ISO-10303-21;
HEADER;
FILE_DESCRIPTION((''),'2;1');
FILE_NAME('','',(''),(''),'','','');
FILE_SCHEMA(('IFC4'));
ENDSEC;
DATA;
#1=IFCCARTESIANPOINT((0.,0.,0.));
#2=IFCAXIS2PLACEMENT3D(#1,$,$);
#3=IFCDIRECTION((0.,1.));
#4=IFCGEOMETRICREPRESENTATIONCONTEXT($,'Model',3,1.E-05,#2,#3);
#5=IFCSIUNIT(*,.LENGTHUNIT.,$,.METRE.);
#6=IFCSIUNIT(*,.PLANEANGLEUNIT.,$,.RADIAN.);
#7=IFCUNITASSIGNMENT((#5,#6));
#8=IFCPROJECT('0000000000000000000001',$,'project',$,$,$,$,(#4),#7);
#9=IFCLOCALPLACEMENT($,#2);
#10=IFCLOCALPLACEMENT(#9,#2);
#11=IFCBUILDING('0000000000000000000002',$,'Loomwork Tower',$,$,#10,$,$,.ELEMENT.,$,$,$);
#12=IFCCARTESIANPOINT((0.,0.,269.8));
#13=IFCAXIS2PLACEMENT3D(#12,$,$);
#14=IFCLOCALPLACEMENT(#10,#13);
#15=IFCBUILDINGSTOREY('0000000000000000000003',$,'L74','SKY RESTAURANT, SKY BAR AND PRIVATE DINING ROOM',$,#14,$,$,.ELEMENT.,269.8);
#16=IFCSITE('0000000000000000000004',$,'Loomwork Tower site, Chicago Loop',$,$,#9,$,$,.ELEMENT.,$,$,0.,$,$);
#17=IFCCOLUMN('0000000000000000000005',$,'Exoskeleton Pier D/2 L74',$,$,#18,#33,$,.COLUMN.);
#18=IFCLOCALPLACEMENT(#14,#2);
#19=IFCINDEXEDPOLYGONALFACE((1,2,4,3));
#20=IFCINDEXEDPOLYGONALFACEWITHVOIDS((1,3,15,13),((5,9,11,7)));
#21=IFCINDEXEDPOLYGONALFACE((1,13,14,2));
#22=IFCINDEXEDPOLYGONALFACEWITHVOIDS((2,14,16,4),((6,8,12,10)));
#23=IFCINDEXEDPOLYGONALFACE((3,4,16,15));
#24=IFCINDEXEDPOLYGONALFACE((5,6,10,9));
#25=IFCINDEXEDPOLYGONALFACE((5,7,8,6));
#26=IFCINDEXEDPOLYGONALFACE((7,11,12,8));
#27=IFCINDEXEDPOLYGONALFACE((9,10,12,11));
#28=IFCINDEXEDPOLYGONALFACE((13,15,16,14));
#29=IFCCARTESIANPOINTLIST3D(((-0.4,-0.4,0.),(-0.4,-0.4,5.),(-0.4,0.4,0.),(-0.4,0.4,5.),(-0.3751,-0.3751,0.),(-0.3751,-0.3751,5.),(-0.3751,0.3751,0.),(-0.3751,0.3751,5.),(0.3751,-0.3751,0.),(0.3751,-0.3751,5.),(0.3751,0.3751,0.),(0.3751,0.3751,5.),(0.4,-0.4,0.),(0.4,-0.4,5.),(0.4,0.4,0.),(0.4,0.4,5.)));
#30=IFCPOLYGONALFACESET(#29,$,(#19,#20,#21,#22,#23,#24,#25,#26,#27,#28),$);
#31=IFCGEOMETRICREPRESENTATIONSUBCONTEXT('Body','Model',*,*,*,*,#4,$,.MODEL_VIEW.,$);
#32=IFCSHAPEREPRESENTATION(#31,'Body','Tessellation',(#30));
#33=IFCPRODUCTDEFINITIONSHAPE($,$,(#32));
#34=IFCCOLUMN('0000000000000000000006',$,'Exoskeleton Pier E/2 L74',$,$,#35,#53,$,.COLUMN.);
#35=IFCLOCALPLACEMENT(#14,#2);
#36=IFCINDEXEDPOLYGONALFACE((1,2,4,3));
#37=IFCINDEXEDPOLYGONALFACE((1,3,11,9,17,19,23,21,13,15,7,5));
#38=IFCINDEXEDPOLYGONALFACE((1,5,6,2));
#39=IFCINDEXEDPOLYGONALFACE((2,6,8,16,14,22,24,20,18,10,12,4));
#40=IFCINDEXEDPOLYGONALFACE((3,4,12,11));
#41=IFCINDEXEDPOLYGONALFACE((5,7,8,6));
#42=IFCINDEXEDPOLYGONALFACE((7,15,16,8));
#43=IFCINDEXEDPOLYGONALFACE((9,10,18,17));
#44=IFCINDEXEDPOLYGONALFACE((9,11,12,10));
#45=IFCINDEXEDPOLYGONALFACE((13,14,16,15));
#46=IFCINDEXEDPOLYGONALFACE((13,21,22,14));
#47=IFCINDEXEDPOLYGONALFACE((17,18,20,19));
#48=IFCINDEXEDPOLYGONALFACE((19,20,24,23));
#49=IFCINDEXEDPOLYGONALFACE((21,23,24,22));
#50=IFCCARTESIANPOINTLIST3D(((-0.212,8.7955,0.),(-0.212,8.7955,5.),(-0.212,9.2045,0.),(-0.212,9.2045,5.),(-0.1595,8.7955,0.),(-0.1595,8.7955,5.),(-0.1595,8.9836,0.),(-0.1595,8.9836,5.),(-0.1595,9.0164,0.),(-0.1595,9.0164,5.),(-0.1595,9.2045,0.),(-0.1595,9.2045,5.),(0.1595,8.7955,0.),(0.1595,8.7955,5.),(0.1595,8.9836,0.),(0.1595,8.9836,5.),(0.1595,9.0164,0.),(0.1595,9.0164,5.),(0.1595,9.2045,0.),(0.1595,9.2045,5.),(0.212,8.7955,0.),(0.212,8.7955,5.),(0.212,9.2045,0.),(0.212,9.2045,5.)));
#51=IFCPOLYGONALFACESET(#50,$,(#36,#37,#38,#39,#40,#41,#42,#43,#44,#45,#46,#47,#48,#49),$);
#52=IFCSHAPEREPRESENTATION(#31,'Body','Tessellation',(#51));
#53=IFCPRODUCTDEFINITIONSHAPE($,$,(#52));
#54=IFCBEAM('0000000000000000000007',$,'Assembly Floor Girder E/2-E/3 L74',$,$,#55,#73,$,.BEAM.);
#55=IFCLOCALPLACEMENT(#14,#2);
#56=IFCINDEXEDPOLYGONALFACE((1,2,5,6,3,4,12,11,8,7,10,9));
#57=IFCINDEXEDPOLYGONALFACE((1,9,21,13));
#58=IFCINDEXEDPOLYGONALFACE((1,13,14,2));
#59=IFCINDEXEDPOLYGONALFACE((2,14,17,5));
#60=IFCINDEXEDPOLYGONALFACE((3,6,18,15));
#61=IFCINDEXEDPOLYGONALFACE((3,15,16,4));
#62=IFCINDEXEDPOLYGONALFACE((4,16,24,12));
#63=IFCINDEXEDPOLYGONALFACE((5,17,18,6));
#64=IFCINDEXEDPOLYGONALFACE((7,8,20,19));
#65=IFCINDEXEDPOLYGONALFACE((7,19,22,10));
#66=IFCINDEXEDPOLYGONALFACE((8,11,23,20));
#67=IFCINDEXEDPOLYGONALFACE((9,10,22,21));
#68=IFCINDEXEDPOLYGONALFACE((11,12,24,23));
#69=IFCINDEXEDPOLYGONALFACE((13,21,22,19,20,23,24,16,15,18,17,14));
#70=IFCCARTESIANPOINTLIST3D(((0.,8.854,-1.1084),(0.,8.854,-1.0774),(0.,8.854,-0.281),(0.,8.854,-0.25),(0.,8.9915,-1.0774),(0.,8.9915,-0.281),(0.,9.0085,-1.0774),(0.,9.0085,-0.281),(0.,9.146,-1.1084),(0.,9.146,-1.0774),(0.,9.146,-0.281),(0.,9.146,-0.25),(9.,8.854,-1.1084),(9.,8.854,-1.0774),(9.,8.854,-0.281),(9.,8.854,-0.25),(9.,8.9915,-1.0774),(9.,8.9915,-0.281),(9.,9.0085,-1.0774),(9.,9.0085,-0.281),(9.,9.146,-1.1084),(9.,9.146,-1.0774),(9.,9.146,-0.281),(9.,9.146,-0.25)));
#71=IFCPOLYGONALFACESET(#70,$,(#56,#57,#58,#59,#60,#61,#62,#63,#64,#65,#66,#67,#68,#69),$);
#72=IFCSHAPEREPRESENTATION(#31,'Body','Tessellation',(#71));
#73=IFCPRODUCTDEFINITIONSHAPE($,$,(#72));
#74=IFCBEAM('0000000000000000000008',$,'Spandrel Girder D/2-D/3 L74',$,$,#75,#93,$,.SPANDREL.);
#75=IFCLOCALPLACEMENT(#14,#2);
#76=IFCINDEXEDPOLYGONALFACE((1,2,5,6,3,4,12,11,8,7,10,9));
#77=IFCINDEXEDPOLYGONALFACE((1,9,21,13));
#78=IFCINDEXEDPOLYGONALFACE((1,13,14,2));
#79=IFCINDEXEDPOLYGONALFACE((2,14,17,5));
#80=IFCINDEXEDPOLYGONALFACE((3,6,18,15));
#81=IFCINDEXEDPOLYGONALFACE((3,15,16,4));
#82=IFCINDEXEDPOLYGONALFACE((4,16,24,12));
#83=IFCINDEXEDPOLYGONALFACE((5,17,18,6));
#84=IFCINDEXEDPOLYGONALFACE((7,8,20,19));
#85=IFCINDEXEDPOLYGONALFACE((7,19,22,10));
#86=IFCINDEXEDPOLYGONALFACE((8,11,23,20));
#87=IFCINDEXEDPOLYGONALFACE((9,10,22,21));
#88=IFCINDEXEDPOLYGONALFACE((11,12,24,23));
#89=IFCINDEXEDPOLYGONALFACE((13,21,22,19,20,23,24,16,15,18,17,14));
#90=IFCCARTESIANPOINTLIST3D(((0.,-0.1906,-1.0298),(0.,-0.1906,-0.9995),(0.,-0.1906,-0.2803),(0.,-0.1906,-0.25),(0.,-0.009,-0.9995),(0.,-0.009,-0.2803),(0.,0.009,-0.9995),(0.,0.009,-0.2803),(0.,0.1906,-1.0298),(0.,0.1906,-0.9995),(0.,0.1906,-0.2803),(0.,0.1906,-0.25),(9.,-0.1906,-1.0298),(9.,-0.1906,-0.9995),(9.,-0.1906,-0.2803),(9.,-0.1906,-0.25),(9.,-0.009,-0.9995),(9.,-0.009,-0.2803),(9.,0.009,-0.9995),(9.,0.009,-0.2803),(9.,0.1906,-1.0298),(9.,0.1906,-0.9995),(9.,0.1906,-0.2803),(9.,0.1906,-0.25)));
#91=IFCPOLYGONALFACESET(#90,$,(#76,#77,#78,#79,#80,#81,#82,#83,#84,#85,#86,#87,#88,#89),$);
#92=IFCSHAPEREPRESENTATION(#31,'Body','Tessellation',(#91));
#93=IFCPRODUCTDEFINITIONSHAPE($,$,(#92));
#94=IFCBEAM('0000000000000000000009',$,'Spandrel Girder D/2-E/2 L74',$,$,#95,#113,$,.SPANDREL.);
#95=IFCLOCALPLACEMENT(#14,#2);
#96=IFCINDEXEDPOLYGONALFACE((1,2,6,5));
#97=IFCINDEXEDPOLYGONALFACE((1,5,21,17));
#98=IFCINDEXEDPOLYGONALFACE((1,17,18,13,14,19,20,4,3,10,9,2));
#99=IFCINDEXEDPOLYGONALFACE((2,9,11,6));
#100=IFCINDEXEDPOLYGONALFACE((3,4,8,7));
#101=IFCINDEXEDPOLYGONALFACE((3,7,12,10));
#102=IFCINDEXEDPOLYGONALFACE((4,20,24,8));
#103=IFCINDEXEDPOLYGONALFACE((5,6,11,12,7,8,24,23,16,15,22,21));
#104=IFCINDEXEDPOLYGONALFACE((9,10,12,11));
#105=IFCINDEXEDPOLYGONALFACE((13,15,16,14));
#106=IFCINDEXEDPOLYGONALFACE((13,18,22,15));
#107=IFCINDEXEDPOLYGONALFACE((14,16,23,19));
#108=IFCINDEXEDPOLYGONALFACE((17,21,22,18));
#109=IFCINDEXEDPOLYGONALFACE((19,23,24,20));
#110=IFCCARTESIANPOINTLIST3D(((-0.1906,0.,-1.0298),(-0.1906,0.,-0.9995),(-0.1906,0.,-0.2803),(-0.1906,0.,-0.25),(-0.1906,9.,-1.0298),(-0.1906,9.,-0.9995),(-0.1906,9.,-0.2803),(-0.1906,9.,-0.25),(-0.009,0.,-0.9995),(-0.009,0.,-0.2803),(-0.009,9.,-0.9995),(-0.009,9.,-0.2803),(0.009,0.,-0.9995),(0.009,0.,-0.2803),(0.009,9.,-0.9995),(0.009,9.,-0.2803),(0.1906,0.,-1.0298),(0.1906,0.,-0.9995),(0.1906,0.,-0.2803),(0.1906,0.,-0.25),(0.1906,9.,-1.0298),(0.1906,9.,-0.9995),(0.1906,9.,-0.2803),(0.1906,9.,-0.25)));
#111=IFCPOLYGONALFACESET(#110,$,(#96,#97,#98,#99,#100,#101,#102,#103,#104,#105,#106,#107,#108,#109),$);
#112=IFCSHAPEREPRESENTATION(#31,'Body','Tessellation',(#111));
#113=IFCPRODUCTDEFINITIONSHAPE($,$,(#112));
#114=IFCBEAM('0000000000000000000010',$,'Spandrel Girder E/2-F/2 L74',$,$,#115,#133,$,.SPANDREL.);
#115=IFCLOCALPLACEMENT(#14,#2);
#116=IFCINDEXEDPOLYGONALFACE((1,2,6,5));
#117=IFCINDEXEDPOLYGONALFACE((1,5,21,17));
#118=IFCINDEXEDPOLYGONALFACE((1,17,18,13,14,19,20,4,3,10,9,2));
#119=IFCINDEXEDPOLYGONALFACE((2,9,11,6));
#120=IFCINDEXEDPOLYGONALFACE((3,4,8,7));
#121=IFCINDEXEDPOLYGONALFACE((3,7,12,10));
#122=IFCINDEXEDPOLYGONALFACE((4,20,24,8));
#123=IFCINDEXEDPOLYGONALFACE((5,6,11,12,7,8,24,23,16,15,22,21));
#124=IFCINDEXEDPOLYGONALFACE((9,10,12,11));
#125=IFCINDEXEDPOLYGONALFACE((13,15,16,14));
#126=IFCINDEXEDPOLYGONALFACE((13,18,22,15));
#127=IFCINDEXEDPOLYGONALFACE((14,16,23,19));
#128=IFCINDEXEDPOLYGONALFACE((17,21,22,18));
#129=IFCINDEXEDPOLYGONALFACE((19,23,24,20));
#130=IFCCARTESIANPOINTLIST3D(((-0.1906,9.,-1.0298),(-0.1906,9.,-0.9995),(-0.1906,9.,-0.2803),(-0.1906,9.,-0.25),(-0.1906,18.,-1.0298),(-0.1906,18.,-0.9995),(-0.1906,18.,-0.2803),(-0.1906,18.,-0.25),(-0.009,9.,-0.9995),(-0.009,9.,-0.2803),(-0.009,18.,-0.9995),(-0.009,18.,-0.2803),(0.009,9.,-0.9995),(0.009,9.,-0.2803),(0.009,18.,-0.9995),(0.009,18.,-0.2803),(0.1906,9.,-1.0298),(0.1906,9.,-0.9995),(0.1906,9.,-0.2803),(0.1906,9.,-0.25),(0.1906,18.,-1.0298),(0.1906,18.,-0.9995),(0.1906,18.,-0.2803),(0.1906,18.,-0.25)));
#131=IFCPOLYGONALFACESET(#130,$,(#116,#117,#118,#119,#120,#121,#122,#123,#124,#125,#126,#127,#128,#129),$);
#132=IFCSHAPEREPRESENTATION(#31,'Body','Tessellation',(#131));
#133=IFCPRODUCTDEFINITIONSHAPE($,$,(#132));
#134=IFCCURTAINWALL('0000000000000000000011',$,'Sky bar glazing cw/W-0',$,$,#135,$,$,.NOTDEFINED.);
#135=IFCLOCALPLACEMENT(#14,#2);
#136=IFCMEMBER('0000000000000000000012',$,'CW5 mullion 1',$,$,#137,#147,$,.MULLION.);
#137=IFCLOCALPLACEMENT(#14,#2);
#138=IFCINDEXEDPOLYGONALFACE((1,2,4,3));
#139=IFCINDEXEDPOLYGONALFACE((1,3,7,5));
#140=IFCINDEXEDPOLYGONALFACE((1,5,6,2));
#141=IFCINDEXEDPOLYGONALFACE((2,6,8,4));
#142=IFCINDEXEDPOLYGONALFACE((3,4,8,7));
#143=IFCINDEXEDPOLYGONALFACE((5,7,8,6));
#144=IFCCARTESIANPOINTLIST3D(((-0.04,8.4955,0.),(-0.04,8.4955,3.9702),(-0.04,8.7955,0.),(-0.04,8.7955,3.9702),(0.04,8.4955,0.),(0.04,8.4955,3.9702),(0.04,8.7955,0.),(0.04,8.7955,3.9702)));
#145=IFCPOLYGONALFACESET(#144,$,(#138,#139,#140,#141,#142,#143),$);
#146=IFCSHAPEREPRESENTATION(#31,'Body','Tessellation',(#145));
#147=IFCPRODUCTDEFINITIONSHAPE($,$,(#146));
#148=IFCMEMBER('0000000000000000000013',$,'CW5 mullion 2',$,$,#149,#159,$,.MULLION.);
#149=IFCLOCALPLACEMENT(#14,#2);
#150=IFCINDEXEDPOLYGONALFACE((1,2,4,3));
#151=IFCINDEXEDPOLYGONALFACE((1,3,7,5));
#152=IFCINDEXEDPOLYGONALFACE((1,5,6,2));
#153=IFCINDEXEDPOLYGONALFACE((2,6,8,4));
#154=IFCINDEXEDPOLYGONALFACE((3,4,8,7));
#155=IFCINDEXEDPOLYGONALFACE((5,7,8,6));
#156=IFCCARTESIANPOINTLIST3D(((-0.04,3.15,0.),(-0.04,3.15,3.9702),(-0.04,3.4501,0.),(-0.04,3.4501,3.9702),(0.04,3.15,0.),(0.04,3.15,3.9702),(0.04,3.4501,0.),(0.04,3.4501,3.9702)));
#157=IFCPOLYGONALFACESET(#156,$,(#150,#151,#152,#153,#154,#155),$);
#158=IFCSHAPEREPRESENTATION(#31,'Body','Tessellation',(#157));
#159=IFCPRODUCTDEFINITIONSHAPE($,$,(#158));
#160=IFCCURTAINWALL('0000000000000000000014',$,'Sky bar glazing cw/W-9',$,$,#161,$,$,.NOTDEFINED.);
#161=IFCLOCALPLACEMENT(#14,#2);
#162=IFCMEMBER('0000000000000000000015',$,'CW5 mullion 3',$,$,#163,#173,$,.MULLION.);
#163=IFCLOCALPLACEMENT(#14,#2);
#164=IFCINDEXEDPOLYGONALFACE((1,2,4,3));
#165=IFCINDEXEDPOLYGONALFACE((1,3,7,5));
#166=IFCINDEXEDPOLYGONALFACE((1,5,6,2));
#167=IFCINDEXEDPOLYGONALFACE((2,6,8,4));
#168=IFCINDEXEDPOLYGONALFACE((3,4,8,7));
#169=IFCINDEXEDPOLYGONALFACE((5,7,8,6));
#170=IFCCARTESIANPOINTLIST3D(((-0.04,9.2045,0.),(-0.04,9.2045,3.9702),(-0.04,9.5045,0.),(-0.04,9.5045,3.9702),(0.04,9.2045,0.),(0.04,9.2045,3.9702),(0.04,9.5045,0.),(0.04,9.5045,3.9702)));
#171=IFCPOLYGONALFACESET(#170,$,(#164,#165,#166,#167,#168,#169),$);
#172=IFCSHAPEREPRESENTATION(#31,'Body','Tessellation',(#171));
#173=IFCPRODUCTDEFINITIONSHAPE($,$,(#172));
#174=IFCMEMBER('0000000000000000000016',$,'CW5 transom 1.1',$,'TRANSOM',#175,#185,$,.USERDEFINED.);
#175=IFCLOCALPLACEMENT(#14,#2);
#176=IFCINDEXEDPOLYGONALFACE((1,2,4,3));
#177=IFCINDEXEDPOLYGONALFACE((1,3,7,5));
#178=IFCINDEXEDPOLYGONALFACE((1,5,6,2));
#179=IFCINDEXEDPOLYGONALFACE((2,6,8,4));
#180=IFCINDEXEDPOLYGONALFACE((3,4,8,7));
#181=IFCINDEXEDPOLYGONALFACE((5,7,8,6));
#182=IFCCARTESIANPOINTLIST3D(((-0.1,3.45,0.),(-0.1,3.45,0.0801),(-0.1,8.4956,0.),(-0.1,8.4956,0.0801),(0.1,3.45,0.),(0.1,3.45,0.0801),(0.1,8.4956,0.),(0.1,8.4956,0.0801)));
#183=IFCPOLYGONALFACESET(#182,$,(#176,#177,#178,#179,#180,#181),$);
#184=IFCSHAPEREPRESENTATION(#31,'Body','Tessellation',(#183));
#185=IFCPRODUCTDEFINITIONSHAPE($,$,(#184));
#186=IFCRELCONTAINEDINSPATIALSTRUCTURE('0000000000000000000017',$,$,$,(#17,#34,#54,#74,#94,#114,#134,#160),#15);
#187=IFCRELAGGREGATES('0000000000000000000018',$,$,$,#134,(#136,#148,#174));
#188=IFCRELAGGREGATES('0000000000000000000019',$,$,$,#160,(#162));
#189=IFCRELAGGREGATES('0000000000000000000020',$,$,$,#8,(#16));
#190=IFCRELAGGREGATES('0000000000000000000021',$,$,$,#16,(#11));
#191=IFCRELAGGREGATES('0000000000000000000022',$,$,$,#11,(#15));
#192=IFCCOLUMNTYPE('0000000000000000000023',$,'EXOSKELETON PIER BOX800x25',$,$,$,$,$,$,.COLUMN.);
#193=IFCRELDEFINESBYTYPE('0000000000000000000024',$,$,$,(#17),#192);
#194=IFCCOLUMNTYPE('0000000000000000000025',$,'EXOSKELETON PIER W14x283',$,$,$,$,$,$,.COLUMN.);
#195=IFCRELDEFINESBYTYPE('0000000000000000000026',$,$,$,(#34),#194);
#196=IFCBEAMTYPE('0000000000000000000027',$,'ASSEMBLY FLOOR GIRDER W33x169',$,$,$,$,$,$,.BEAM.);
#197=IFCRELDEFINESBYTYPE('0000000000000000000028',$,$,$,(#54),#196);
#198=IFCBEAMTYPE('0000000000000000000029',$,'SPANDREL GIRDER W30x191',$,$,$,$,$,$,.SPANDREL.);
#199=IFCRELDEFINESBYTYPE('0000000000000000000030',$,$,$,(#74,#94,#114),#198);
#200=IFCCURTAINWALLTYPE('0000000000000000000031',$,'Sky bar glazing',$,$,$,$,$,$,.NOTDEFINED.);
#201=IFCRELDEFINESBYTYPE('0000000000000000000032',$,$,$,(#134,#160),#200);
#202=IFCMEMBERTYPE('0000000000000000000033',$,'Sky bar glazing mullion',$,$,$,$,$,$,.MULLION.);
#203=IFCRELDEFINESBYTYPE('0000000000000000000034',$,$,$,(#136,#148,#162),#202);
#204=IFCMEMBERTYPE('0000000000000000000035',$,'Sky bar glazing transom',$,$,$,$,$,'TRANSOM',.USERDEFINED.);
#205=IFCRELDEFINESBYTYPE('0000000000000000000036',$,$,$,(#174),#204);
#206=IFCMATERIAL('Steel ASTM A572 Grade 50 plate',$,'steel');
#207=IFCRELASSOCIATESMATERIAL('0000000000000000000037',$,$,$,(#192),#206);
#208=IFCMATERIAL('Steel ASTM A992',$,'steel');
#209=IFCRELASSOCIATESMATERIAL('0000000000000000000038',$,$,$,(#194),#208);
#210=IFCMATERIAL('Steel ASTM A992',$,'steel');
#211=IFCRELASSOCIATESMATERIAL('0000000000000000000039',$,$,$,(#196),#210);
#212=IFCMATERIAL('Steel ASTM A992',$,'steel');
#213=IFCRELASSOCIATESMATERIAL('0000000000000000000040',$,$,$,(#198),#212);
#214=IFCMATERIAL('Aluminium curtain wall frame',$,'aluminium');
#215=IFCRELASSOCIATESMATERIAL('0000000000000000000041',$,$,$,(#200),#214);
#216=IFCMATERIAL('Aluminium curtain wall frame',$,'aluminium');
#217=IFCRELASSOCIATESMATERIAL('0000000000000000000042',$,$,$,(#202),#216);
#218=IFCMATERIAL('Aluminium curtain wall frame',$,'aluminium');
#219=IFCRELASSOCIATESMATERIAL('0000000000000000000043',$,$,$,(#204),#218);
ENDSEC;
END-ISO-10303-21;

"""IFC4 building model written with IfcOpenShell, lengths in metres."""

from ifc_helpers import new_model, si_unit, direction, frame, origin, origin_with_axes, origin_2d, place, context, subcontext, project, spatial, rectangle, hollow_rectangle, i_section, extrude, material, material_profile, profile_set, type_object, element, aggregate, save


model = new_model("IFC4")

# Units and contexts
model_context = context("Model", 3, precision=1e-05, world=origin(), true_north=direction((0.0, 1.0)))
body_context = subcontext(model_context, "Body", "Model", "MODEL_VIEW")
ifc_project = project(units=[si_unit("LENGTHUNIT", "METRE"), si_unit("PLANEANGLEUNIT", "RADIAN")], contexts=[model_context])

# Site, building, storey
site_placement = place(None, origin())
site = spatial("IfcSite", under=ifc_project, at=site_placement, Name="Loomwork Tower site, Chicago Loop", CompositionType="ELEMENT", RefElevation=0.0)
building_placement = place(site_placement, origin())
building = spatial("IfcBuilding", under=site, at=building_placement, Name="Loomwork Tower", CompositionType="ELEMENT")
storey_placement = place(building_placement, frame((0.0, 0.0, 269.8)))
storey = spatial("IfcBuildingStorey", under=building, at=storey_placement, Name="L74", Description="SKY RESTAURANT, SKY BAR AND PRIVATE DINING ROOM", CompositionType="ELEMENT", Elevation=269.8)

# Columns
ifc_material_1 = material(Name="Steel ASTM A572 Grade 50 plate", Category="steel")
ifc_material_profile_1 = material_profile(ifc_material_1, hollow_rectangle(XDim=0.8, YDim=0.8, WallThickness=0.0249, at=origin_2d()), Name="BOX800x25")
ifc_profile_set_1 = profile_set([ifc_material_profile_1], Name="Steel ASTM A572 Grade 50 plate")
column_type_1 = type_object("IfcColumnType", Name="EXOSKELETON PIER BOX800x25", PredefinedType="COLUMN", material=ifc_profile_set_1)
column_1_placement = place(storey_placement, origin_with_axes())
element("IfcColumn", 1, at=column_1_placement, inside=storey, type_object=column_type_1, Name="Exoskeleton Pier D/2 L74", PredefinedType="COLUMN", context=body_context, shape_type="SweptSolid", body=[
    extrude(hollow_rectangle(XDim=0.8, YDim=0.8, WallThickness=0.0249, at=origin_2d()), origin(), (0.0, 0.0, 1.0), 5.0),
])
ifc_material_2 = material(Name="Steel ASTM A992", Category="steel")
ifc_material_profile_2 = material_profile(ifc_material_2, i_section(OverallWidth=0.4089, OverallDepth=0.4241, WebThickness=0.0327, FlangeThickness=0.0525, at=origin_2d()), Name="W14x283")
ifc_profile_set_2 = profile_set([ifc_material_profile_2], Name="Steel ASTM A992")
column_type_2 = type_object("IfcColumnType", Name="EXOSKELETON PIER W14x283", PredefinedType="COLUMN", material=ifc_profile_set_2)
column_2_placement = place(storey_placement, frame((0.0, 9.0, 0.0), z_axis=(0.0, 0.0, 1.0), x_axis=(0.0, 1.0, 0.0)))
element("IfcColumn", 2, at=column_2_placement, inside=storey, type_object=column_type_2, Name="Exoskeleton Pier E/2 L74", PredefinedType="COLUMN", context=body_context, shape_type="SweptSolid", body=[
    extrude(i_section(OverallWidth=0.4089, OverallDepth=0.4241, WebThickness=0.0327, FlangeThickness=0.0525, at=origin_2d()), origin(), (0.0, 0.0, 1.0), 5.0),
])

# Beams
ifc_material_3 = material(Name="Steel ASTM A992", Category="steel")
ifc_material_profile_3 = material_profile(ifc_material_3, i_section(OverallWidth=0.292, OverallDepth=0.8584, WebThickness=0.0171, FlangeThickness=0.031, at=origin_2d()), Name="W33x169")
ifc_profile_set_3 = profile_set([ifc_material_profile_3], Name="Steel ASTM A992")
beam_type_1 = type_object("IfcBeamType", Name="ASSEMBLY FLOOR GIRDER W33x169", PredefinedType="BEAM", material=ifc_profile_set_3)
beam_placement = place(storey_placement, frame((0.0, 9.0, -0.6792), z_axis=(1.0, 0.0, 0.0), x_axis=(0.0, 1.0, 0.0)))
element("IfcBeam", 3, at=beam_placement, inside=storey, type_object=beam_type_1, Name="Assembly Floor Girder E/2-E/3 L74", PredefinedType="BEAM", context=body_context, shape_type="SweptSolid", body=[
    extrude(i_section(OverallWidth=0.292, OverallDepth=0.8584, WebThickness=0.0171, FlangeThickness=0.031, at=origin_2d()), origin(), (0.0, 0.0, 1.0), 9.0),
])
ifc_material_4 = material(Name="Steel ASTM A992", Category="steel")
ifc_material_profile_4 = material_profile(ifc_material_4, i_section(OverallWidth=0.3811, OverallDepth=0.7798, WebThickness=0.0181, FlangeThickness=0.0303, at=origin_2d()), Name="W30x191")
ifc_profile_set_4 = profile_set([ifc_material_profile_4], Name="Steel ASTM A992")
beam_type_2 = type_object("IfcBeamType", Name="SPANDREL GIRDER W30x191", PredefinedType="SPANDREL", material=ifc_profile_set_4)
for number, where, z_axis, x_axis, name in (
    (4, (0.0, 0.0, -0.6399), (1.0, 0.0, 0.0), (0.0, 1.0, 0.0), "Spandrel Girder D/2-D/3 L74"),
    (5, (0.0, 0.0, -0.6399), (0.0, 1.0, 0.0), (-1.0, 0.0, 0.0), "Spandrel Girder D/2-E/2 L74"),
    (6, (0.0, 9.0, -0.6399), (0.0, 1.0, 0.0), (-1.0, 0.0, 0.0), "Spandrel Girder E/2-F/2 L74"),
):
    element("IfcBeam", number, at=place(storey_placement, frame(where, z_axis=z_axis, x_axis=x_axis)), inside=storey, type_object=beam_type_2, Name=name, PredefinedType="SPANDREL", context=body_context, shape_type="SweptSolid", body=[
        extrude(i_section(OverallWidth=0.3811, OverallDepth=0.7798, WebThickness=0.0181, FlangeThickness=0.0303, at=origin_2d()), origin(), (0.0, 0.0, 1.0), 9.0),
    ])

# Curtain wall, members
ifc_material_5 = material(Name="Aluminium curtain wall frame", Category="aluminium")
curtain_wall_type = type_object("IfcCurtainWallType", Name="Sky bar glazing", PredefinedType="NOTDEFINED", material=ifc_material_5)
curtain_wall_1_placement = place(storey_placement, origin())
curtain_wall_1 = element("IfcCurtainWall", 7, at=curtain_wall_1_placement, inside=storey, type_object=curtain_wall_type, Name="Sky bar glazing cw/W-0", PredefinedType="NOTDEFINED")
ifc_material_6 = material(Name="Aluminium curtain wall frame", Category="aluminium")
ifc_material_profile_5 = material_profile(ifc_material_6, rectangle(XDim=0.0801, YDim=0.3, at=origin_2d()), Name="AL 80x300")
ifc_profile_set_5 = profile_set([ifc_material_profile_5], Name="Aluminium curtain wall frame")
member_type_1 = type_object("IfcMemberType", Name="Sky bar glazing mullion", PredefinedType="MULLION", material=ifc_profile_set_5)
member_1_placement = place(storey_placement, frame((0.0, 8.6455, 0.0), z_axis=(0.0, 0.0, 1.0), x_axis=(1.0, 0.0, 0.0)))
member_1 = element("IfcMember", 8, at=member_1_placement, type_object=member_type_1, Name="CW5 mullion 1", PredefinedType="MULLION", context=body_context, shape_type="SweptSolid", body=[
    extrude(rectangle(XDim=0.0801, YDim=0.3, at=origin_2d()), origin(), (0.0, 0.0, 1.0), 3.9702),
])
member_2_placement = place(storey_placement, frame((0.0, 3.3, 0.0), z_axis=(0.0, 0.0, 1.0), x_axis=(1.0, 0.0, 0.0)))
member_2 = element("IfcMember", 9, at=member_2_placement, type_object=member_type_1, Name="CW5 mullion 2", PredefinedType="MULLION", context=body_context, shape_type="SweptSolid", body=[
    extrude(rectangle(XDim=0.0801, YDim=0.3, at=origin_2d()), origin(), (0.0, 0.0, 1.0), 3.9702),
])

# Curtain wall, member
curtain_wall_2_placement = place(storey_placement, origin())
curtain_wall_2 = element("IfcCurtainWall", 10, at=curtain_wall_2_placement, inside=storey, type_object=curtain_wall_type, Name="Sky bar glazing cw/W-9", PredefinedType="NOTDEFINED")
member_3_placement = place(storey_placement, frame((0.0, 9.3545, 0.0), z_axis=(0.0, 0.0, 1.0), x_axis=(1.0, 0.0, 0.0)))
member_3 = element("IfcMember", 11, at=member_3_placement, type_object=member_type_1, Name="CW5 mullion 3", PredefinedType="MULLION", context=body_context, shape_type="SweptSolid", body=[
    extrude(rectangle(XDim=0.0801, YDim=0.3, at=origin_2d()), origin(), (0.0, 0.0, 1.0), 3.9702),
])

# Member
ifc_material_7 = material(Name="Aluminium curtain wall frame", Category="aluminium")
ifc_material_profile_6 = material_profile(ifc_material_7, rectangle(XDim=0.2, YDim=0.0801, at=origin_2d()), Name="AL 80x200")
ifc_profile_set_6 = profile_set([ifc_material_profile_6], Name="Aluminium curtain wall frame")
member_type_2 = type_object("IfcMemberType", Name="Sky bar glazing transom", ElementType="TRANSOM", PredefinedType="USERDEFINED", material=ifc_profile_set_6)
member_4_placement = place(storey_placement, frame((0.0, 8.4956, 0.04), z_axis=(0.0, -1.0, 0.0), x_axis=(1.0, 0.0, 0.0)))
member_4 = element("IfcMember", 12, at=member_4_placement, type_object=member_type_2, Name="CW5 transom 1.1", ObjectType="TRANSOM", PredefinedType="USERDEFINED", context=body_context, shape_type="SweptSolid", body=[
    extrude(rectangle(XDim=0.2, YDim=0.0801, at=origin_2d()), origin(), (0.0, 0.0, 1.0), 5.0457),
])

aggregate(curtain_wall_1, [member_1, member_2, member_4])
aggregate(curtain_wall_2, [member_3])

save(model, "model.ifc")
